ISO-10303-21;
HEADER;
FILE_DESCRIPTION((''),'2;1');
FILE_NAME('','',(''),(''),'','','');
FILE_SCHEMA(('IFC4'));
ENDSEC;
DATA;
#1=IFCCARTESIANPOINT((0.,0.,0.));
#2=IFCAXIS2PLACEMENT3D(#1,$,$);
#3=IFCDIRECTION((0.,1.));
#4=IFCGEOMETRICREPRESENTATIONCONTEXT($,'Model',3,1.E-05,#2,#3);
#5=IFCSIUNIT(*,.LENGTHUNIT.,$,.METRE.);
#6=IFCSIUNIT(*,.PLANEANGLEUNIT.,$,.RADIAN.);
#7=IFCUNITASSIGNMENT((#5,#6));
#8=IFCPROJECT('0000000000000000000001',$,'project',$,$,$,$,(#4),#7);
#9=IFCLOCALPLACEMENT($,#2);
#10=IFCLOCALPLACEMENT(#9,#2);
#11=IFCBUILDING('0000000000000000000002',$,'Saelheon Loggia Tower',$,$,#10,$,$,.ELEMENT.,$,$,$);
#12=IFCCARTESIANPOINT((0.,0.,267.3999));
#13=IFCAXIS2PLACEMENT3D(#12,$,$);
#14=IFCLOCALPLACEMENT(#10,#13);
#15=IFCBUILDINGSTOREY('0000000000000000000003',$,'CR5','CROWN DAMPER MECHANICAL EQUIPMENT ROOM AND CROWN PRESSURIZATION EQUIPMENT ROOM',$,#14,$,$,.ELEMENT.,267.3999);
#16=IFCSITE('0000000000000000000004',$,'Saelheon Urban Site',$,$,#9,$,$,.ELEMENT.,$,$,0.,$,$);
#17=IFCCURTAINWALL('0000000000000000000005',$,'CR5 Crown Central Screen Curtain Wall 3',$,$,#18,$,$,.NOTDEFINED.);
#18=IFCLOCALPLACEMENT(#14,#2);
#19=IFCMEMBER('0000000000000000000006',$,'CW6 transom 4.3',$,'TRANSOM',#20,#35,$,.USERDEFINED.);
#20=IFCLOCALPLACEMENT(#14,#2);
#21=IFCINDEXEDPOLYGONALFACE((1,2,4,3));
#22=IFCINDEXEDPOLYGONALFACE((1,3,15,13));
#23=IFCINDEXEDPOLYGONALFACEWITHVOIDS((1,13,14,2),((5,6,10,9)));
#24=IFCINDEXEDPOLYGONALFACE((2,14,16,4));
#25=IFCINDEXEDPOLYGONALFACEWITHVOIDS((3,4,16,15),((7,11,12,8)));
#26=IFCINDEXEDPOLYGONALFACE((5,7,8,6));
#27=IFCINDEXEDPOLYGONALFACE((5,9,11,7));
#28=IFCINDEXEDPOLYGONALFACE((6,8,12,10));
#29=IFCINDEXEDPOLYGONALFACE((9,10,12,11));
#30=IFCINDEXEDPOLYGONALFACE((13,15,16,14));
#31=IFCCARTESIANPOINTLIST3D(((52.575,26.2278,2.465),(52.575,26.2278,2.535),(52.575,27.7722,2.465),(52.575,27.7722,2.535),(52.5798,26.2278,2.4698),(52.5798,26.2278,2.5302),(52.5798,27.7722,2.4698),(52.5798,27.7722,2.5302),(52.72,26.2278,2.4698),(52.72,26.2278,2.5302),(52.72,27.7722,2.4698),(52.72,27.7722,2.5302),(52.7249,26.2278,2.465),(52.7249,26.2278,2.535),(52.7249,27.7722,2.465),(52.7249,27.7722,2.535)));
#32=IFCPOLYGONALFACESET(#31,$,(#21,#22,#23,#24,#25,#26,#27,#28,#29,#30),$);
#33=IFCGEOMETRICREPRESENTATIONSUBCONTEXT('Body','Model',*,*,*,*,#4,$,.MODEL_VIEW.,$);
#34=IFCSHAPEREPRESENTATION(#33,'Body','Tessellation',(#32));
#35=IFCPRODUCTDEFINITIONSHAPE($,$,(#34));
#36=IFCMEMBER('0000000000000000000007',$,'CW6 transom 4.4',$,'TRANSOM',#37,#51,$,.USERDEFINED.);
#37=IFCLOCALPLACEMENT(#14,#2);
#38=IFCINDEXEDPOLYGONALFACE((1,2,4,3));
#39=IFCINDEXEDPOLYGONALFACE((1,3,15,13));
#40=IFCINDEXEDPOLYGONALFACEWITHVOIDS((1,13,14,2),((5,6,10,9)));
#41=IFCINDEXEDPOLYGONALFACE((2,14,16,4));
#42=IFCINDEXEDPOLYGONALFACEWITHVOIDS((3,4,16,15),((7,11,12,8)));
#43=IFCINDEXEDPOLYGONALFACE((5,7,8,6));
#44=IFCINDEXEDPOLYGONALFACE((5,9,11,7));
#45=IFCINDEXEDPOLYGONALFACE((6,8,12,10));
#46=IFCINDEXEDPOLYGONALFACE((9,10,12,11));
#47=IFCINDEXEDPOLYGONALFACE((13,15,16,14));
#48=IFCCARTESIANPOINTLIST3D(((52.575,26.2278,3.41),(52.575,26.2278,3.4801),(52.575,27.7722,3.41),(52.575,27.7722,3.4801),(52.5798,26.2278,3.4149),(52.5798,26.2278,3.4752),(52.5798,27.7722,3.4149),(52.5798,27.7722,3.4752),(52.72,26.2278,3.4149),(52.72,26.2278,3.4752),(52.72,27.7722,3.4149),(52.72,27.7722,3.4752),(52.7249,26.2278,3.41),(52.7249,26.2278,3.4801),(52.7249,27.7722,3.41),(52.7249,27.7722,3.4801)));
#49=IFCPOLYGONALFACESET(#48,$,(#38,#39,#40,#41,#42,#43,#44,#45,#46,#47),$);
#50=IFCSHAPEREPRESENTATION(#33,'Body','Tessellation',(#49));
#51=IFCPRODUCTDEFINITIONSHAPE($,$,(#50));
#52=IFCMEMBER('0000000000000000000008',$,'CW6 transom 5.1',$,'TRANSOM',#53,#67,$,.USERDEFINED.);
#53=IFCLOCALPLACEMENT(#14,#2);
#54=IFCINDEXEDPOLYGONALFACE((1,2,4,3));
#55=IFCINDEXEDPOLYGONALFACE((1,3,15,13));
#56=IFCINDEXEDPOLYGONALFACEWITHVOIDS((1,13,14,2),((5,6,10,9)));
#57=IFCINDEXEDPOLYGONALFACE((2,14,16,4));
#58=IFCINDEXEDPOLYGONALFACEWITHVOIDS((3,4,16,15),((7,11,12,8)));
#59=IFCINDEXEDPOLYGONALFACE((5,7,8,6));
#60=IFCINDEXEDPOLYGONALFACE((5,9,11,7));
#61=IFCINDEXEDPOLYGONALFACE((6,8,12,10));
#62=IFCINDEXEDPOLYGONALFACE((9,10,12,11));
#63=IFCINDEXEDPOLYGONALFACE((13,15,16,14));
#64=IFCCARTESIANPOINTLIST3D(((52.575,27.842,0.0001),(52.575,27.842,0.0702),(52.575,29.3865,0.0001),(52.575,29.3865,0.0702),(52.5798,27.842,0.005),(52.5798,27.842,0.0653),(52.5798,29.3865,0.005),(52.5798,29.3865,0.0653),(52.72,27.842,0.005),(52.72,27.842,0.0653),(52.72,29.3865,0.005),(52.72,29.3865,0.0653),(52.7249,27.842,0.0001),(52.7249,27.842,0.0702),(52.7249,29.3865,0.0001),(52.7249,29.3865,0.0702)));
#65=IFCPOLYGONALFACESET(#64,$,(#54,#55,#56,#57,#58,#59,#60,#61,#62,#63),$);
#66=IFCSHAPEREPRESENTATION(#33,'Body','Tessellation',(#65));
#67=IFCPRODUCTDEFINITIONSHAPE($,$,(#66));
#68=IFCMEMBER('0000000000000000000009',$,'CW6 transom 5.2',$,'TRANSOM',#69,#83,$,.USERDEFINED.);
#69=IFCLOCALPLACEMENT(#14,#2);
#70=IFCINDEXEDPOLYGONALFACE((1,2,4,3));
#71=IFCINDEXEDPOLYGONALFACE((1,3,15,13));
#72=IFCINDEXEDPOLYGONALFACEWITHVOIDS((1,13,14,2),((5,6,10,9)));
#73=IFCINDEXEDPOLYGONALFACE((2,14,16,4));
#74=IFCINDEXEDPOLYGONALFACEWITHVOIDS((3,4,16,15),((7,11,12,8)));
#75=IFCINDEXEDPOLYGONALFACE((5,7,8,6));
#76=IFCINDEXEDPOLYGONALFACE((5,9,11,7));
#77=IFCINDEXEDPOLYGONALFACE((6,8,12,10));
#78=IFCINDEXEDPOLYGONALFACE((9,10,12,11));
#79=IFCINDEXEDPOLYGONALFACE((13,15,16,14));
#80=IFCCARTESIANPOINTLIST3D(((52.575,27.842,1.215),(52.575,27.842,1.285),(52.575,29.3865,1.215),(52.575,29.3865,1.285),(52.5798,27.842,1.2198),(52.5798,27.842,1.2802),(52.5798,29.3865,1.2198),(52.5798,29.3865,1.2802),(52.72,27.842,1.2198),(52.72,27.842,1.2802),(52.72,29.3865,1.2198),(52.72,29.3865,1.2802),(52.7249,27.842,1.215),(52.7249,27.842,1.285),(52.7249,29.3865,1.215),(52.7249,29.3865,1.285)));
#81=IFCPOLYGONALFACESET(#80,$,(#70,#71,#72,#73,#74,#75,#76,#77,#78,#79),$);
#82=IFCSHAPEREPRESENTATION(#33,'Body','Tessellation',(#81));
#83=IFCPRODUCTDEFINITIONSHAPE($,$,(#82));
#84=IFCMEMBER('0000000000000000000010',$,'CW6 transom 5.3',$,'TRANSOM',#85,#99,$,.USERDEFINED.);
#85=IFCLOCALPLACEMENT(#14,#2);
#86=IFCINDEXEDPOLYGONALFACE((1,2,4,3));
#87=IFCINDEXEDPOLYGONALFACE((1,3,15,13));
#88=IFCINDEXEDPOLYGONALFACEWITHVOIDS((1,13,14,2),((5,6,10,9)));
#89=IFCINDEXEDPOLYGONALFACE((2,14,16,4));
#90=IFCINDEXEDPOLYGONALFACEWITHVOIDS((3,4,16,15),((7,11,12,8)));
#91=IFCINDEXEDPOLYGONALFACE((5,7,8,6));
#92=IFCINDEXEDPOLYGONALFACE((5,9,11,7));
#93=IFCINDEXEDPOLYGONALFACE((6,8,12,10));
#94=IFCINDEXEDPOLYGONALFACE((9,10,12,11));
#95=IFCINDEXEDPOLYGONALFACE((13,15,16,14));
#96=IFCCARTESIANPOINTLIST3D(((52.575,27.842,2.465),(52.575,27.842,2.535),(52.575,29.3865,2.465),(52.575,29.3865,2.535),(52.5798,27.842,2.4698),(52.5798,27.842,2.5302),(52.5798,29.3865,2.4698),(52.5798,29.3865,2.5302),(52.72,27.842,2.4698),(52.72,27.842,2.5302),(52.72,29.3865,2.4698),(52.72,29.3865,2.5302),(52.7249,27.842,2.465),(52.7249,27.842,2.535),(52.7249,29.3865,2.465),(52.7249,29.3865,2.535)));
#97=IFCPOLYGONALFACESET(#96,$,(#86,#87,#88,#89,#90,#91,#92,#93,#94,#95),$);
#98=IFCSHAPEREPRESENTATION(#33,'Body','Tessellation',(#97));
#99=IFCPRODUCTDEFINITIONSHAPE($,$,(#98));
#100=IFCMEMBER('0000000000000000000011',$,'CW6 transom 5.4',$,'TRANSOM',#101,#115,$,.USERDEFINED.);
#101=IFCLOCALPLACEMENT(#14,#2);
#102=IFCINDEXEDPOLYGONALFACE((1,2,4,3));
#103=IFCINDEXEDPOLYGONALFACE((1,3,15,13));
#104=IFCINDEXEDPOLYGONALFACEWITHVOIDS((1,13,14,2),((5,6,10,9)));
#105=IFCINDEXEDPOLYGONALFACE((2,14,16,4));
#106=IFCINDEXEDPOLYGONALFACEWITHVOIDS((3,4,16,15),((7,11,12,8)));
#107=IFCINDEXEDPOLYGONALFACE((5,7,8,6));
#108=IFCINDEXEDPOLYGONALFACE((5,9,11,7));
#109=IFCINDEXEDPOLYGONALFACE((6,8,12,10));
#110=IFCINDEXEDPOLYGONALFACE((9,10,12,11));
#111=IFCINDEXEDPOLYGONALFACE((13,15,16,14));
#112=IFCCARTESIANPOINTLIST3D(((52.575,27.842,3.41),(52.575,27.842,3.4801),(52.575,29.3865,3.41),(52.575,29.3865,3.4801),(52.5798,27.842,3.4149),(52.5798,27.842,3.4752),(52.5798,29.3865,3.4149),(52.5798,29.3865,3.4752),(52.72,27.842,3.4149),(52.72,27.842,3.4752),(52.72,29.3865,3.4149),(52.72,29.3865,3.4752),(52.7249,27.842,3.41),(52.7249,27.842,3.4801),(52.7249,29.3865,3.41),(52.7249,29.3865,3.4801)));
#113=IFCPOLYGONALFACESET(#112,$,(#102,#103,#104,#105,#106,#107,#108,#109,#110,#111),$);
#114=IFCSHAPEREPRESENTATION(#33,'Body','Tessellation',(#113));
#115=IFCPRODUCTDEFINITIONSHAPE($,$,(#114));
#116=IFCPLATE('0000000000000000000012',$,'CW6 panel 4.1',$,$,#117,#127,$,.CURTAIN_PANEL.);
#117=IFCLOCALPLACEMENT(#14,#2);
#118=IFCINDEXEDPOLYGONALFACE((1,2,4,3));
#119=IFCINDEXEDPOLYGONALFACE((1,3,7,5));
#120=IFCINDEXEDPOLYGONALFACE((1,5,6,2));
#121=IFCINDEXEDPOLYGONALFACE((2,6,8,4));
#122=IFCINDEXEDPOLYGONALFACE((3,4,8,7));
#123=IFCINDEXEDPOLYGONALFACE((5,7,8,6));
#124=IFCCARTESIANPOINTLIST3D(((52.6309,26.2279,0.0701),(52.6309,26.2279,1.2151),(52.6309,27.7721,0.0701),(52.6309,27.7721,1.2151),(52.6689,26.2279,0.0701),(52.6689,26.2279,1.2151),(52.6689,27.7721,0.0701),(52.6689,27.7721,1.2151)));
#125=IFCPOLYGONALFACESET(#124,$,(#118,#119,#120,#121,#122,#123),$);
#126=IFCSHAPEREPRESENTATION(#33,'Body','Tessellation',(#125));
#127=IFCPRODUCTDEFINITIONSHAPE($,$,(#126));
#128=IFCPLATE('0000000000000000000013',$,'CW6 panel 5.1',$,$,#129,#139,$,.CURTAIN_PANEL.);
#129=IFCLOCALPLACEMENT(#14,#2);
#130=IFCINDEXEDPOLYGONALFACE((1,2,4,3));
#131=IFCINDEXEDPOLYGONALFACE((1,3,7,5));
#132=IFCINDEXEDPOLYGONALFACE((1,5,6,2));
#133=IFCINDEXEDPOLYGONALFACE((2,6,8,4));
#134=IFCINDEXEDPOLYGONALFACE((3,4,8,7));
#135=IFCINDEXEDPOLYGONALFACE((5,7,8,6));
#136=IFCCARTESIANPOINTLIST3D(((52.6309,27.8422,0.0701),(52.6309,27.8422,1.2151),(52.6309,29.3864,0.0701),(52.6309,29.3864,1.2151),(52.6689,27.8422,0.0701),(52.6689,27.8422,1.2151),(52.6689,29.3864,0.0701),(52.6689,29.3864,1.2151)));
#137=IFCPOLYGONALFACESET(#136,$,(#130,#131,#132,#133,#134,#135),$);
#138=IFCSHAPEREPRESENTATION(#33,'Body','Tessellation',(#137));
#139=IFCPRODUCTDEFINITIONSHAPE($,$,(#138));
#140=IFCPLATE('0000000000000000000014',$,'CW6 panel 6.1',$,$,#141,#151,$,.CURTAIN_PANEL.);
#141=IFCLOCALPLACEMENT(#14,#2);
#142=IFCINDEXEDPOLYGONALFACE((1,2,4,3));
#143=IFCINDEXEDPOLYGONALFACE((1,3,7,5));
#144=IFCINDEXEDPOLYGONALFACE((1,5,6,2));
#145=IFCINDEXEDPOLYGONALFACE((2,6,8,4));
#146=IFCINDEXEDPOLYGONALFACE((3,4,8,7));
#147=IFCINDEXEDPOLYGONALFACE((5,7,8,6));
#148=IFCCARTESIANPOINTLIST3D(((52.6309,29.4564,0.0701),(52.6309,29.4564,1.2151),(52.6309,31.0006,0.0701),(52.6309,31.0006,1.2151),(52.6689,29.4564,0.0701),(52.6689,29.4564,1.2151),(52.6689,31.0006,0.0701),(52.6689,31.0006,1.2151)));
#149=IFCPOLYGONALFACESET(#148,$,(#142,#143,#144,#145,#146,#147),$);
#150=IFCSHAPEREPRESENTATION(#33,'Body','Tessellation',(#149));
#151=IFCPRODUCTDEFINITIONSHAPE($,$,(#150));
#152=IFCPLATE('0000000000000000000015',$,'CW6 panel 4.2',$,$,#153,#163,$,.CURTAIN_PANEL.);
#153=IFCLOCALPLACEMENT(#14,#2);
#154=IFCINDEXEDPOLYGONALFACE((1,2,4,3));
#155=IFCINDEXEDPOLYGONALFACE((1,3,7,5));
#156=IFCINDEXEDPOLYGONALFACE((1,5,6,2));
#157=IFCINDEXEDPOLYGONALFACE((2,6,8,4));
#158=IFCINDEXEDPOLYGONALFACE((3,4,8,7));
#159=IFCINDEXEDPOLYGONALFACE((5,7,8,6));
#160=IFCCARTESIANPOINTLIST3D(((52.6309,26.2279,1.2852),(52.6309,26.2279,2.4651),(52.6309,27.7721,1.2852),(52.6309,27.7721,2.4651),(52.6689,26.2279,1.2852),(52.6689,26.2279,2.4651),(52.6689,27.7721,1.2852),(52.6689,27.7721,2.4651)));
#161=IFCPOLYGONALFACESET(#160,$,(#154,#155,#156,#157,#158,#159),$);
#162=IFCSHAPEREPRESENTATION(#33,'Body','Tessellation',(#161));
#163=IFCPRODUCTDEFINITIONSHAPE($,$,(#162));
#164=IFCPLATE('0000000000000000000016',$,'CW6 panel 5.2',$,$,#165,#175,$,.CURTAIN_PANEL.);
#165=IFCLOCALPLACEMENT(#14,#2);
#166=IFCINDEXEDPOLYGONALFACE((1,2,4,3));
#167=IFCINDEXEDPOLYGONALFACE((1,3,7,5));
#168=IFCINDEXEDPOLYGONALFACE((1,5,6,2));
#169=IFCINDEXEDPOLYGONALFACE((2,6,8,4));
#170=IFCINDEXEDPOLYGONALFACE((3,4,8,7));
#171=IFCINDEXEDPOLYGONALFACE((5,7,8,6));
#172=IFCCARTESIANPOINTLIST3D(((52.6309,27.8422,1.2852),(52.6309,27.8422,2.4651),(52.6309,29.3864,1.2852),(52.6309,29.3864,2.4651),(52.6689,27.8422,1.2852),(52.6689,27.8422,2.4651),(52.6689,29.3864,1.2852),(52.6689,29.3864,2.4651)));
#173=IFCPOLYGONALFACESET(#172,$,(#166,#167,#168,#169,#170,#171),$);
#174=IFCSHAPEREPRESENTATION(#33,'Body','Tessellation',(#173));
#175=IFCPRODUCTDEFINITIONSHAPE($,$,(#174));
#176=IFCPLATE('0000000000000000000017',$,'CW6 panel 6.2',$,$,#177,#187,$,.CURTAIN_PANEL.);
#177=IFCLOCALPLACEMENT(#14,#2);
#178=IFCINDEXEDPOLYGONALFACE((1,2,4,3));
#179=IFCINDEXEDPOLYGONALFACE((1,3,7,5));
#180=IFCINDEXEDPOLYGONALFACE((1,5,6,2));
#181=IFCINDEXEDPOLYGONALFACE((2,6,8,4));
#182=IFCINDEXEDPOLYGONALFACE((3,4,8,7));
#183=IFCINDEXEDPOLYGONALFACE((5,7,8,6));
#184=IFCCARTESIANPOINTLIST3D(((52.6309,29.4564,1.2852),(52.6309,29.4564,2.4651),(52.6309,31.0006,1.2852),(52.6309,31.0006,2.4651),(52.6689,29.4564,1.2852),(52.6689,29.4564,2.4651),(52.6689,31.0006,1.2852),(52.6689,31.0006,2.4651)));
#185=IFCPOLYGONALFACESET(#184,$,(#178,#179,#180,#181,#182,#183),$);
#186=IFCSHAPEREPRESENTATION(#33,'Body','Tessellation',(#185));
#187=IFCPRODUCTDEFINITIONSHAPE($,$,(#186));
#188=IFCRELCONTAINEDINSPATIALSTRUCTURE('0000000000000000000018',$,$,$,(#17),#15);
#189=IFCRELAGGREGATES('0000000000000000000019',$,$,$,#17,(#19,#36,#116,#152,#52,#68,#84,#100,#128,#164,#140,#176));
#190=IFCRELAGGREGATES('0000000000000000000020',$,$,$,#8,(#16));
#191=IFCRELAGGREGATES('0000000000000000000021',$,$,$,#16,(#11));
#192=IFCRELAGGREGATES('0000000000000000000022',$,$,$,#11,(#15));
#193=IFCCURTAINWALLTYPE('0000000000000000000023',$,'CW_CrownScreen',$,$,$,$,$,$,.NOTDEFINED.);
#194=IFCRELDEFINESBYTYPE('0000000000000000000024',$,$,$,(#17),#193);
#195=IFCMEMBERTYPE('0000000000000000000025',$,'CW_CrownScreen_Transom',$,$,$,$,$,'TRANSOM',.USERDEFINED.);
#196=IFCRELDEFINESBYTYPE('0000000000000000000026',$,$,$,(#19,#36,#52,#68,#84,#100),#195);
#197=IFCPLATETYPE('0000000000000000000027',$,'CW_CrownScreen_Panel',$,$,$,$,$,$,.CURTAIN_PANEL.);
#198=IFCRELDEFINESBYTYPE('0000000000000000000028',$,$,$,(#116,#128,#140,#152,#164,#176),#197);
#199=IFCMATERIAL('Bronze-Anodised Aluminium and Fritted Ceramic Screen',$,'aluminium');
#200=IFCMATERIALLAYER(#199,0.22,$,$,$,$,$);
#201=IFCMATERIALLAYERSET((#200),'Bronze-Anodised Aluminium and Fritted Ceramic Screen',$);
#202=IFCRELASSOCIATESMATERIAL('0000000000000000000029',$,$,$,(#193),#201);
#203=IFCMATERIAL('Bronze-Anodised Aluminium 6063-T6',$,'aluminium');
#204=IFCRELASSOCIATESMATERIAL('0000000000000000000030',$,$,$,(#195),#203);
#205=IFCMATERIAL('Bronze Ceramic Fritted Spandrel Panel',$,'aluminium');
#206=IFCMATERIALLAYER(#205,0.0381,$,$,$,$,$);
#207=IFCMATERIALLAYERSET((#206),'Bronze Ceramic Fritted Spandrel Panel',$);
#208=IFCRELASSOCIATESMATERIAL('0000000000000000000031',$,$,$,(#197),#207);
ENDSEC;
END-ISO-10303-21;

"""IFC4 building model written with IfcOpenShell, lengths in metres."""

from ifc_helpers import new_model, si_unit, direction, frame, origin, origin_2d, place, context, subcontext, project, spatial, rectangle, hollow_rectangle, extrude, source, transform, mapped, material, layer, layer_set, material_profile, profile_set, type_object, element, aggregate, save


model = new_model("IFC4")

# Units and contexts
model_context = context("Model", 3, precision=1e-05, world=origin(), true_north=direction((0.0, 1.0)))
body_context = subcontext(model_context, "Body", "Model", "MODEL_VIEW")
ifc_project = project(units=[si_unit("LENGTHUNIT", "METRE"), si_unit("PLANEANGLEUNIT", "RADIAN")], contexts=[model_context])

# Site, building, storey
site_placement = place(None, origin())
site = spatial("IfcSite", under=ifc_project, at=site_placement, Name="Saelheon Urban Site", CompositionType="ELEMENT", RefElevation=0.0)
building_placement = place(site_placement, origin())
building = spatial("IfcBuilding", under=site, at=building_placement, Name="Saelheon Loggia Tower", CompositionType="ELEMENT")
storey_placement = place(building_placement, frame((0.0, 0.0, 267.3999)))
storey = spatial("IfcBuildingStorey", under=building, at=storey_placement, Name="CR5", Description="CROWN DAMPER MECHANICAL EQUIPMENT ROOM AND CROWN PRESSURIZATION EQUIPMENT ROOM", CompositionType="ELEMENT", Elevation=267.3999)

# Curtain wall, members, plates
ifc_material_1 = material(Name="Bronze-Anodised Aluminium and Fritted Ceramic Screen", Category="aluminium")
ifc_layer_1 = layer(ifc_material_1, 0.22)
ifc_layer_set_1 = layer_set([ifc_layer_1], Name="Bronze-Anodised Aluminium and Fritted Ceramic Screen")
curtain_wall_type = type_object("IfcCurtainWallType", Name="CW_CrownScreen", PredefinedType="NOTDEFINED", material=ifc_layer_set_1)
curtain_wall_placement = place(storey_placement, origin())
curtain_wall = element("IfcCurtainWall", 1, at=curtain_wall_placement, inside=storey, type_object=curtain_wall_type, Name="CR5 Crown Central Screen Curtain Wall 3", PredefinedType="NOTDEFINED")
ifc_material_2 = material(Name="Bronze-Anodised Aluminium 6063-T6", Category="aluminium")
ifc_material_profile_1 = material_profile(ifc_material_2, hollow_rectangle(XDim=0.0701, YDim=0.1499, WallThickness=0.0049, at=origin_2d()), Name="RHS-150x70x5")
ifc_profile_set_1 = profile_set([ifc_material_profile_1], Name="Bronze-Anodised Aluminium 6063-T6")
member_type_1 = type_object("IfcMemberType", Name="CW_CrownScreen_Transom", ElementType="TRANSOM", PredefinedType="USERDEFINED", material=ifc_profile_set_1)
shared_shape_1 = source(origin(), body_context, "Body", "SweptSolid", [
    extrude(hollow_rectangle(XDim=0.0701, YDim=0.1499, WallThickness=0.0049, at=origin_2d()), origin(), (0.0, 0.0, 1.0), 1.5444),
])
member_1_placement = place(storey_placement, frame((52.6499, 26.2278, 2.5), z_axis=(0.0, 1.0, 0.0), x_axis=(0.0, 0.0, 1.0)))
member_1 = element("IfcMember", 2, at=member_1_placement, type_object=member_type_1, Name="CW6 transom 4.3", ObjectType="TRANSOM", PredefinedType="USERDEFINED", context=body_context, shape_type="MappedRepresentation", body=[
    mapped(shared_shape_1, transform((0.0, 0.0, 0.0), scale=1.0)),
])
member_2_placement = place(storey_placement, frame((52.6499, 26.2278, 3.4451), z_axis=(0.0, 1.0, 0.0), x_axis=(0.0, 0.0, 1.0)))
member_2 = element("IfcMember", 3, at=member_2_placement, type_object=member_type_1, Name="CW6 transom 4.4", ObjectType="TRANSOM", PredefinedType="USERDEFINED", context=body_context, shape_type="MappedRepresentation", body=[
    mapped(shared_shape_1, transform((0.0, 0.0, 0.0), scale=1.0)),
])
member_3_placement = place(storey_placement, frame((52.6499, 27.842, 0.0352), z_axis=(0.0, 1.0, 0.0), x_axis=(0.0, 0.0, 1.0)))
member_3 = element("IfcMember", 4, at=member_3_placement, type_object=member_type_1, Name="CW6 transom 5.1", ObjectType="TRANSOM", PredefinedType="USERDEFINED", context=body_context, shape_type="MappedRepresentation", body=[
    mapped(shared_shape_1, transform((0.0, 0.0, 0.0), scale=1.0)),
])
member_4_placement = place(storey_placement, frame((52.6499, 27.842, 1.25), z_axis=(0.0, 1.0, 0.0), x_axis=(0.0, 0.0, 1.0)))
member_4 = element("IfcMember", 5, at=member_4_placement, type_object=member_type_1, Name="CW6 transom 5.2", ObjectType="TRANSOM", PredefinedType="USERDEFINED", context=body_context, shape_type="MappedRepresentation", body=[
    mapped(shared_shape_1, transform((0.0, 0.0, 0.0), scale=1.0)),
])
member_5_placement = place(storey_placement, frame((52.6499, 27.842, 2.5), z_axis=(0.0, 1.0, 0.0), x_axis=(0.0, 0.0, 1.0)))
member_5 = element("IfcMember", 6, at=member_5_placement, type_object=member_type_1, Name="CW6 transom 5.3", ObjectType="TRANSOM", PredefinedType="USERDEFINED", context=body_context, shape_type="MappedRepresentation", body=[
    mapped(shared_shape_1, transform((0.0, 0.0, 0.0), scale=1.0)),
])
member_6_placement = place(storey_placement, frame((52.6499, 27.842, 3.4451), z_axis=(0.0, 1.0, 0.0), x_axis=(0.0, 0.0, 1.0)))
member_6 = element("IfcMember", 7, at=member_6_placement, type_object=member_type_1, Name="CW6 transom 5.4", ObjectType="TRANSOM", PredefinedType="USERDEFINED", context=body_context, shape_type="MappedRepresentation", body=[
    mapped(shared_shape_1, transform((0.0, 0.0, 0.0), scale=1.0)),
])
ifc_material_3 = material(Name="Bronze Ceramic Fritted Spandrel Panel", Category="aluminium")
ifc_layer_2 = layer(ifc_material_3, 0.0381)
ifc_layer_set_2 = layer_set([ifc_layer_2], Name="Bronze Ceramic Fritted Spandrel Panel")
plate_type = type_object("IfcPlateType", Name="CW_CrownScreen_Panel", PredefinedType="CURTAIN_PANEL", material=ifc_layer_set_2)
shared_shape_2 = source(origin(), body_context, "Body", "SweptSolid", [
    extrude(rectangle(XDim=1.5442, YDim=0.0381, at=origin_2d()), origin(), (0.0, 0.0, 1.0), 1.145),
])
plate_1_placement = place(storey_placement, frame((52.6499, 27.0, 0.0701), z_axis=(0.0, 0.0, 1.0), x_axis=(0.0, 1.0, 0.0)))
plate_1 = element("IfcPlate", 8, at=plate_1_placement, type_object=plate_type, Name="CW6 panel 4.1", PredefinedType="CURTAIN_PANEL", context=body_context, shape_type="MappedRepresentation", body=[
    mapped(shared_shape_2, transform((0.0, 0.0, 0.0), scale=1.0)),
])
plate_2_placement = place(storey_placement, frame((52.6499, 28.6143, 0.0701), z_axis=(0.0, 0.0, 1.0), x_axis=(0.0, 1.0, 0.0)))
plate_2 = element("IfcPlate", 9, at=plate_2_placement, type_object=plate_type, Name="CW6 panel 5.1", PredefinedType="CURTAIN_PANEL", context=body_context, shape_type="MappedRepresentation", body=[
    mapped(shared_shape_2, transform((0.0, 0.0, 0.0), scale=1.0)),
])
plate_3_placement = place(storey_placement, frame((52.6499, 30.2285, 0.0701), z_axis=(0.0, 0.0, 1.0), x_axis=(0.0, 1.0, 0.0)))
plate_3 = element("IfcPlate", 10, at=plate_3_placement, type_object=plate_type, Name="CW6 panel 6.1", PredefinedType="CURTAIN_PANEL", context=body_context, shape_type="MappedRepresentation", body=[
    mapped(shared_shape_2, transform((0.0, 0.0, 0.0), scale=1.0)),
])
shared_shape_3 = source(origin(), body_context, "Body", "SweptSolid", [
    extrude(rectangle(XDim=1.5442, YDim=0.0381, at=origin_2d()), origin(), (0.0, 0.0, 1.0), 1.1799),
])
plate_4_placement = place(storey_placement, frame((52.6499, 27.0, 1.2852), z_axis=(0.0, 0.0, 1.0), x_axis=(0.0, 1.0, 0.0)))
plate_4 = element("IfcPlate", 11, at=plate_4_placement, type_object=plate_type, Name="CW6 panel 4.2", PredefinedType="CURTAIN_PANEL", context=body_context, shape_type="MappedRepresentation", body=[
    mapped(shared_shape_3, transform((0.0, 0.0, 0.0), scale=1.0)),
])
plate_5_placement = place(storey_placement, frame((52.6499, 28.6143, 1.2852), z_axis=(0.0, 0.0, 1.0), x_axis=(0.0, 1.0, 0.0)))
plate_5 = element("IfcPlate", 12, at=plate_5_placement, type_object=plate_type, Name="CW6 panel 5.2", PredefinedType="CURTAIN_PANEL", context=body_context, shape_type="MappedRepresentation", body=[
    mapped(shared_shape_3, transform((0.0, 0.0, 0.0), scale=1.0)),
])
plate_6_placement = place(storey_placement, frame((52.6499, 30.2285, 1.2852), z_axis=(0.0, 0.0, 1.0), x_axis=(0.0, 1.0, 0.0)))
plate_6 = element("IfcPlate", 13, at=plate_6_placement, type_object=plate_type, Name="CW6 panel 6.2", PredefinedType="CURTAIN_PANEL", context=body_context, shape_type="MappedRepresentation", body=[
    mapped(shared_shape_3, transform((0.0, 0.0, 0.0), scale=1.0)),
])
aggregate(curtain_wall, [member_1, member_2, plate_1, plate_4, member_3, member_4, member_5, member_6, plate_2, plate_5, plate_3, plate_6])

save(model, "model.ifc")
